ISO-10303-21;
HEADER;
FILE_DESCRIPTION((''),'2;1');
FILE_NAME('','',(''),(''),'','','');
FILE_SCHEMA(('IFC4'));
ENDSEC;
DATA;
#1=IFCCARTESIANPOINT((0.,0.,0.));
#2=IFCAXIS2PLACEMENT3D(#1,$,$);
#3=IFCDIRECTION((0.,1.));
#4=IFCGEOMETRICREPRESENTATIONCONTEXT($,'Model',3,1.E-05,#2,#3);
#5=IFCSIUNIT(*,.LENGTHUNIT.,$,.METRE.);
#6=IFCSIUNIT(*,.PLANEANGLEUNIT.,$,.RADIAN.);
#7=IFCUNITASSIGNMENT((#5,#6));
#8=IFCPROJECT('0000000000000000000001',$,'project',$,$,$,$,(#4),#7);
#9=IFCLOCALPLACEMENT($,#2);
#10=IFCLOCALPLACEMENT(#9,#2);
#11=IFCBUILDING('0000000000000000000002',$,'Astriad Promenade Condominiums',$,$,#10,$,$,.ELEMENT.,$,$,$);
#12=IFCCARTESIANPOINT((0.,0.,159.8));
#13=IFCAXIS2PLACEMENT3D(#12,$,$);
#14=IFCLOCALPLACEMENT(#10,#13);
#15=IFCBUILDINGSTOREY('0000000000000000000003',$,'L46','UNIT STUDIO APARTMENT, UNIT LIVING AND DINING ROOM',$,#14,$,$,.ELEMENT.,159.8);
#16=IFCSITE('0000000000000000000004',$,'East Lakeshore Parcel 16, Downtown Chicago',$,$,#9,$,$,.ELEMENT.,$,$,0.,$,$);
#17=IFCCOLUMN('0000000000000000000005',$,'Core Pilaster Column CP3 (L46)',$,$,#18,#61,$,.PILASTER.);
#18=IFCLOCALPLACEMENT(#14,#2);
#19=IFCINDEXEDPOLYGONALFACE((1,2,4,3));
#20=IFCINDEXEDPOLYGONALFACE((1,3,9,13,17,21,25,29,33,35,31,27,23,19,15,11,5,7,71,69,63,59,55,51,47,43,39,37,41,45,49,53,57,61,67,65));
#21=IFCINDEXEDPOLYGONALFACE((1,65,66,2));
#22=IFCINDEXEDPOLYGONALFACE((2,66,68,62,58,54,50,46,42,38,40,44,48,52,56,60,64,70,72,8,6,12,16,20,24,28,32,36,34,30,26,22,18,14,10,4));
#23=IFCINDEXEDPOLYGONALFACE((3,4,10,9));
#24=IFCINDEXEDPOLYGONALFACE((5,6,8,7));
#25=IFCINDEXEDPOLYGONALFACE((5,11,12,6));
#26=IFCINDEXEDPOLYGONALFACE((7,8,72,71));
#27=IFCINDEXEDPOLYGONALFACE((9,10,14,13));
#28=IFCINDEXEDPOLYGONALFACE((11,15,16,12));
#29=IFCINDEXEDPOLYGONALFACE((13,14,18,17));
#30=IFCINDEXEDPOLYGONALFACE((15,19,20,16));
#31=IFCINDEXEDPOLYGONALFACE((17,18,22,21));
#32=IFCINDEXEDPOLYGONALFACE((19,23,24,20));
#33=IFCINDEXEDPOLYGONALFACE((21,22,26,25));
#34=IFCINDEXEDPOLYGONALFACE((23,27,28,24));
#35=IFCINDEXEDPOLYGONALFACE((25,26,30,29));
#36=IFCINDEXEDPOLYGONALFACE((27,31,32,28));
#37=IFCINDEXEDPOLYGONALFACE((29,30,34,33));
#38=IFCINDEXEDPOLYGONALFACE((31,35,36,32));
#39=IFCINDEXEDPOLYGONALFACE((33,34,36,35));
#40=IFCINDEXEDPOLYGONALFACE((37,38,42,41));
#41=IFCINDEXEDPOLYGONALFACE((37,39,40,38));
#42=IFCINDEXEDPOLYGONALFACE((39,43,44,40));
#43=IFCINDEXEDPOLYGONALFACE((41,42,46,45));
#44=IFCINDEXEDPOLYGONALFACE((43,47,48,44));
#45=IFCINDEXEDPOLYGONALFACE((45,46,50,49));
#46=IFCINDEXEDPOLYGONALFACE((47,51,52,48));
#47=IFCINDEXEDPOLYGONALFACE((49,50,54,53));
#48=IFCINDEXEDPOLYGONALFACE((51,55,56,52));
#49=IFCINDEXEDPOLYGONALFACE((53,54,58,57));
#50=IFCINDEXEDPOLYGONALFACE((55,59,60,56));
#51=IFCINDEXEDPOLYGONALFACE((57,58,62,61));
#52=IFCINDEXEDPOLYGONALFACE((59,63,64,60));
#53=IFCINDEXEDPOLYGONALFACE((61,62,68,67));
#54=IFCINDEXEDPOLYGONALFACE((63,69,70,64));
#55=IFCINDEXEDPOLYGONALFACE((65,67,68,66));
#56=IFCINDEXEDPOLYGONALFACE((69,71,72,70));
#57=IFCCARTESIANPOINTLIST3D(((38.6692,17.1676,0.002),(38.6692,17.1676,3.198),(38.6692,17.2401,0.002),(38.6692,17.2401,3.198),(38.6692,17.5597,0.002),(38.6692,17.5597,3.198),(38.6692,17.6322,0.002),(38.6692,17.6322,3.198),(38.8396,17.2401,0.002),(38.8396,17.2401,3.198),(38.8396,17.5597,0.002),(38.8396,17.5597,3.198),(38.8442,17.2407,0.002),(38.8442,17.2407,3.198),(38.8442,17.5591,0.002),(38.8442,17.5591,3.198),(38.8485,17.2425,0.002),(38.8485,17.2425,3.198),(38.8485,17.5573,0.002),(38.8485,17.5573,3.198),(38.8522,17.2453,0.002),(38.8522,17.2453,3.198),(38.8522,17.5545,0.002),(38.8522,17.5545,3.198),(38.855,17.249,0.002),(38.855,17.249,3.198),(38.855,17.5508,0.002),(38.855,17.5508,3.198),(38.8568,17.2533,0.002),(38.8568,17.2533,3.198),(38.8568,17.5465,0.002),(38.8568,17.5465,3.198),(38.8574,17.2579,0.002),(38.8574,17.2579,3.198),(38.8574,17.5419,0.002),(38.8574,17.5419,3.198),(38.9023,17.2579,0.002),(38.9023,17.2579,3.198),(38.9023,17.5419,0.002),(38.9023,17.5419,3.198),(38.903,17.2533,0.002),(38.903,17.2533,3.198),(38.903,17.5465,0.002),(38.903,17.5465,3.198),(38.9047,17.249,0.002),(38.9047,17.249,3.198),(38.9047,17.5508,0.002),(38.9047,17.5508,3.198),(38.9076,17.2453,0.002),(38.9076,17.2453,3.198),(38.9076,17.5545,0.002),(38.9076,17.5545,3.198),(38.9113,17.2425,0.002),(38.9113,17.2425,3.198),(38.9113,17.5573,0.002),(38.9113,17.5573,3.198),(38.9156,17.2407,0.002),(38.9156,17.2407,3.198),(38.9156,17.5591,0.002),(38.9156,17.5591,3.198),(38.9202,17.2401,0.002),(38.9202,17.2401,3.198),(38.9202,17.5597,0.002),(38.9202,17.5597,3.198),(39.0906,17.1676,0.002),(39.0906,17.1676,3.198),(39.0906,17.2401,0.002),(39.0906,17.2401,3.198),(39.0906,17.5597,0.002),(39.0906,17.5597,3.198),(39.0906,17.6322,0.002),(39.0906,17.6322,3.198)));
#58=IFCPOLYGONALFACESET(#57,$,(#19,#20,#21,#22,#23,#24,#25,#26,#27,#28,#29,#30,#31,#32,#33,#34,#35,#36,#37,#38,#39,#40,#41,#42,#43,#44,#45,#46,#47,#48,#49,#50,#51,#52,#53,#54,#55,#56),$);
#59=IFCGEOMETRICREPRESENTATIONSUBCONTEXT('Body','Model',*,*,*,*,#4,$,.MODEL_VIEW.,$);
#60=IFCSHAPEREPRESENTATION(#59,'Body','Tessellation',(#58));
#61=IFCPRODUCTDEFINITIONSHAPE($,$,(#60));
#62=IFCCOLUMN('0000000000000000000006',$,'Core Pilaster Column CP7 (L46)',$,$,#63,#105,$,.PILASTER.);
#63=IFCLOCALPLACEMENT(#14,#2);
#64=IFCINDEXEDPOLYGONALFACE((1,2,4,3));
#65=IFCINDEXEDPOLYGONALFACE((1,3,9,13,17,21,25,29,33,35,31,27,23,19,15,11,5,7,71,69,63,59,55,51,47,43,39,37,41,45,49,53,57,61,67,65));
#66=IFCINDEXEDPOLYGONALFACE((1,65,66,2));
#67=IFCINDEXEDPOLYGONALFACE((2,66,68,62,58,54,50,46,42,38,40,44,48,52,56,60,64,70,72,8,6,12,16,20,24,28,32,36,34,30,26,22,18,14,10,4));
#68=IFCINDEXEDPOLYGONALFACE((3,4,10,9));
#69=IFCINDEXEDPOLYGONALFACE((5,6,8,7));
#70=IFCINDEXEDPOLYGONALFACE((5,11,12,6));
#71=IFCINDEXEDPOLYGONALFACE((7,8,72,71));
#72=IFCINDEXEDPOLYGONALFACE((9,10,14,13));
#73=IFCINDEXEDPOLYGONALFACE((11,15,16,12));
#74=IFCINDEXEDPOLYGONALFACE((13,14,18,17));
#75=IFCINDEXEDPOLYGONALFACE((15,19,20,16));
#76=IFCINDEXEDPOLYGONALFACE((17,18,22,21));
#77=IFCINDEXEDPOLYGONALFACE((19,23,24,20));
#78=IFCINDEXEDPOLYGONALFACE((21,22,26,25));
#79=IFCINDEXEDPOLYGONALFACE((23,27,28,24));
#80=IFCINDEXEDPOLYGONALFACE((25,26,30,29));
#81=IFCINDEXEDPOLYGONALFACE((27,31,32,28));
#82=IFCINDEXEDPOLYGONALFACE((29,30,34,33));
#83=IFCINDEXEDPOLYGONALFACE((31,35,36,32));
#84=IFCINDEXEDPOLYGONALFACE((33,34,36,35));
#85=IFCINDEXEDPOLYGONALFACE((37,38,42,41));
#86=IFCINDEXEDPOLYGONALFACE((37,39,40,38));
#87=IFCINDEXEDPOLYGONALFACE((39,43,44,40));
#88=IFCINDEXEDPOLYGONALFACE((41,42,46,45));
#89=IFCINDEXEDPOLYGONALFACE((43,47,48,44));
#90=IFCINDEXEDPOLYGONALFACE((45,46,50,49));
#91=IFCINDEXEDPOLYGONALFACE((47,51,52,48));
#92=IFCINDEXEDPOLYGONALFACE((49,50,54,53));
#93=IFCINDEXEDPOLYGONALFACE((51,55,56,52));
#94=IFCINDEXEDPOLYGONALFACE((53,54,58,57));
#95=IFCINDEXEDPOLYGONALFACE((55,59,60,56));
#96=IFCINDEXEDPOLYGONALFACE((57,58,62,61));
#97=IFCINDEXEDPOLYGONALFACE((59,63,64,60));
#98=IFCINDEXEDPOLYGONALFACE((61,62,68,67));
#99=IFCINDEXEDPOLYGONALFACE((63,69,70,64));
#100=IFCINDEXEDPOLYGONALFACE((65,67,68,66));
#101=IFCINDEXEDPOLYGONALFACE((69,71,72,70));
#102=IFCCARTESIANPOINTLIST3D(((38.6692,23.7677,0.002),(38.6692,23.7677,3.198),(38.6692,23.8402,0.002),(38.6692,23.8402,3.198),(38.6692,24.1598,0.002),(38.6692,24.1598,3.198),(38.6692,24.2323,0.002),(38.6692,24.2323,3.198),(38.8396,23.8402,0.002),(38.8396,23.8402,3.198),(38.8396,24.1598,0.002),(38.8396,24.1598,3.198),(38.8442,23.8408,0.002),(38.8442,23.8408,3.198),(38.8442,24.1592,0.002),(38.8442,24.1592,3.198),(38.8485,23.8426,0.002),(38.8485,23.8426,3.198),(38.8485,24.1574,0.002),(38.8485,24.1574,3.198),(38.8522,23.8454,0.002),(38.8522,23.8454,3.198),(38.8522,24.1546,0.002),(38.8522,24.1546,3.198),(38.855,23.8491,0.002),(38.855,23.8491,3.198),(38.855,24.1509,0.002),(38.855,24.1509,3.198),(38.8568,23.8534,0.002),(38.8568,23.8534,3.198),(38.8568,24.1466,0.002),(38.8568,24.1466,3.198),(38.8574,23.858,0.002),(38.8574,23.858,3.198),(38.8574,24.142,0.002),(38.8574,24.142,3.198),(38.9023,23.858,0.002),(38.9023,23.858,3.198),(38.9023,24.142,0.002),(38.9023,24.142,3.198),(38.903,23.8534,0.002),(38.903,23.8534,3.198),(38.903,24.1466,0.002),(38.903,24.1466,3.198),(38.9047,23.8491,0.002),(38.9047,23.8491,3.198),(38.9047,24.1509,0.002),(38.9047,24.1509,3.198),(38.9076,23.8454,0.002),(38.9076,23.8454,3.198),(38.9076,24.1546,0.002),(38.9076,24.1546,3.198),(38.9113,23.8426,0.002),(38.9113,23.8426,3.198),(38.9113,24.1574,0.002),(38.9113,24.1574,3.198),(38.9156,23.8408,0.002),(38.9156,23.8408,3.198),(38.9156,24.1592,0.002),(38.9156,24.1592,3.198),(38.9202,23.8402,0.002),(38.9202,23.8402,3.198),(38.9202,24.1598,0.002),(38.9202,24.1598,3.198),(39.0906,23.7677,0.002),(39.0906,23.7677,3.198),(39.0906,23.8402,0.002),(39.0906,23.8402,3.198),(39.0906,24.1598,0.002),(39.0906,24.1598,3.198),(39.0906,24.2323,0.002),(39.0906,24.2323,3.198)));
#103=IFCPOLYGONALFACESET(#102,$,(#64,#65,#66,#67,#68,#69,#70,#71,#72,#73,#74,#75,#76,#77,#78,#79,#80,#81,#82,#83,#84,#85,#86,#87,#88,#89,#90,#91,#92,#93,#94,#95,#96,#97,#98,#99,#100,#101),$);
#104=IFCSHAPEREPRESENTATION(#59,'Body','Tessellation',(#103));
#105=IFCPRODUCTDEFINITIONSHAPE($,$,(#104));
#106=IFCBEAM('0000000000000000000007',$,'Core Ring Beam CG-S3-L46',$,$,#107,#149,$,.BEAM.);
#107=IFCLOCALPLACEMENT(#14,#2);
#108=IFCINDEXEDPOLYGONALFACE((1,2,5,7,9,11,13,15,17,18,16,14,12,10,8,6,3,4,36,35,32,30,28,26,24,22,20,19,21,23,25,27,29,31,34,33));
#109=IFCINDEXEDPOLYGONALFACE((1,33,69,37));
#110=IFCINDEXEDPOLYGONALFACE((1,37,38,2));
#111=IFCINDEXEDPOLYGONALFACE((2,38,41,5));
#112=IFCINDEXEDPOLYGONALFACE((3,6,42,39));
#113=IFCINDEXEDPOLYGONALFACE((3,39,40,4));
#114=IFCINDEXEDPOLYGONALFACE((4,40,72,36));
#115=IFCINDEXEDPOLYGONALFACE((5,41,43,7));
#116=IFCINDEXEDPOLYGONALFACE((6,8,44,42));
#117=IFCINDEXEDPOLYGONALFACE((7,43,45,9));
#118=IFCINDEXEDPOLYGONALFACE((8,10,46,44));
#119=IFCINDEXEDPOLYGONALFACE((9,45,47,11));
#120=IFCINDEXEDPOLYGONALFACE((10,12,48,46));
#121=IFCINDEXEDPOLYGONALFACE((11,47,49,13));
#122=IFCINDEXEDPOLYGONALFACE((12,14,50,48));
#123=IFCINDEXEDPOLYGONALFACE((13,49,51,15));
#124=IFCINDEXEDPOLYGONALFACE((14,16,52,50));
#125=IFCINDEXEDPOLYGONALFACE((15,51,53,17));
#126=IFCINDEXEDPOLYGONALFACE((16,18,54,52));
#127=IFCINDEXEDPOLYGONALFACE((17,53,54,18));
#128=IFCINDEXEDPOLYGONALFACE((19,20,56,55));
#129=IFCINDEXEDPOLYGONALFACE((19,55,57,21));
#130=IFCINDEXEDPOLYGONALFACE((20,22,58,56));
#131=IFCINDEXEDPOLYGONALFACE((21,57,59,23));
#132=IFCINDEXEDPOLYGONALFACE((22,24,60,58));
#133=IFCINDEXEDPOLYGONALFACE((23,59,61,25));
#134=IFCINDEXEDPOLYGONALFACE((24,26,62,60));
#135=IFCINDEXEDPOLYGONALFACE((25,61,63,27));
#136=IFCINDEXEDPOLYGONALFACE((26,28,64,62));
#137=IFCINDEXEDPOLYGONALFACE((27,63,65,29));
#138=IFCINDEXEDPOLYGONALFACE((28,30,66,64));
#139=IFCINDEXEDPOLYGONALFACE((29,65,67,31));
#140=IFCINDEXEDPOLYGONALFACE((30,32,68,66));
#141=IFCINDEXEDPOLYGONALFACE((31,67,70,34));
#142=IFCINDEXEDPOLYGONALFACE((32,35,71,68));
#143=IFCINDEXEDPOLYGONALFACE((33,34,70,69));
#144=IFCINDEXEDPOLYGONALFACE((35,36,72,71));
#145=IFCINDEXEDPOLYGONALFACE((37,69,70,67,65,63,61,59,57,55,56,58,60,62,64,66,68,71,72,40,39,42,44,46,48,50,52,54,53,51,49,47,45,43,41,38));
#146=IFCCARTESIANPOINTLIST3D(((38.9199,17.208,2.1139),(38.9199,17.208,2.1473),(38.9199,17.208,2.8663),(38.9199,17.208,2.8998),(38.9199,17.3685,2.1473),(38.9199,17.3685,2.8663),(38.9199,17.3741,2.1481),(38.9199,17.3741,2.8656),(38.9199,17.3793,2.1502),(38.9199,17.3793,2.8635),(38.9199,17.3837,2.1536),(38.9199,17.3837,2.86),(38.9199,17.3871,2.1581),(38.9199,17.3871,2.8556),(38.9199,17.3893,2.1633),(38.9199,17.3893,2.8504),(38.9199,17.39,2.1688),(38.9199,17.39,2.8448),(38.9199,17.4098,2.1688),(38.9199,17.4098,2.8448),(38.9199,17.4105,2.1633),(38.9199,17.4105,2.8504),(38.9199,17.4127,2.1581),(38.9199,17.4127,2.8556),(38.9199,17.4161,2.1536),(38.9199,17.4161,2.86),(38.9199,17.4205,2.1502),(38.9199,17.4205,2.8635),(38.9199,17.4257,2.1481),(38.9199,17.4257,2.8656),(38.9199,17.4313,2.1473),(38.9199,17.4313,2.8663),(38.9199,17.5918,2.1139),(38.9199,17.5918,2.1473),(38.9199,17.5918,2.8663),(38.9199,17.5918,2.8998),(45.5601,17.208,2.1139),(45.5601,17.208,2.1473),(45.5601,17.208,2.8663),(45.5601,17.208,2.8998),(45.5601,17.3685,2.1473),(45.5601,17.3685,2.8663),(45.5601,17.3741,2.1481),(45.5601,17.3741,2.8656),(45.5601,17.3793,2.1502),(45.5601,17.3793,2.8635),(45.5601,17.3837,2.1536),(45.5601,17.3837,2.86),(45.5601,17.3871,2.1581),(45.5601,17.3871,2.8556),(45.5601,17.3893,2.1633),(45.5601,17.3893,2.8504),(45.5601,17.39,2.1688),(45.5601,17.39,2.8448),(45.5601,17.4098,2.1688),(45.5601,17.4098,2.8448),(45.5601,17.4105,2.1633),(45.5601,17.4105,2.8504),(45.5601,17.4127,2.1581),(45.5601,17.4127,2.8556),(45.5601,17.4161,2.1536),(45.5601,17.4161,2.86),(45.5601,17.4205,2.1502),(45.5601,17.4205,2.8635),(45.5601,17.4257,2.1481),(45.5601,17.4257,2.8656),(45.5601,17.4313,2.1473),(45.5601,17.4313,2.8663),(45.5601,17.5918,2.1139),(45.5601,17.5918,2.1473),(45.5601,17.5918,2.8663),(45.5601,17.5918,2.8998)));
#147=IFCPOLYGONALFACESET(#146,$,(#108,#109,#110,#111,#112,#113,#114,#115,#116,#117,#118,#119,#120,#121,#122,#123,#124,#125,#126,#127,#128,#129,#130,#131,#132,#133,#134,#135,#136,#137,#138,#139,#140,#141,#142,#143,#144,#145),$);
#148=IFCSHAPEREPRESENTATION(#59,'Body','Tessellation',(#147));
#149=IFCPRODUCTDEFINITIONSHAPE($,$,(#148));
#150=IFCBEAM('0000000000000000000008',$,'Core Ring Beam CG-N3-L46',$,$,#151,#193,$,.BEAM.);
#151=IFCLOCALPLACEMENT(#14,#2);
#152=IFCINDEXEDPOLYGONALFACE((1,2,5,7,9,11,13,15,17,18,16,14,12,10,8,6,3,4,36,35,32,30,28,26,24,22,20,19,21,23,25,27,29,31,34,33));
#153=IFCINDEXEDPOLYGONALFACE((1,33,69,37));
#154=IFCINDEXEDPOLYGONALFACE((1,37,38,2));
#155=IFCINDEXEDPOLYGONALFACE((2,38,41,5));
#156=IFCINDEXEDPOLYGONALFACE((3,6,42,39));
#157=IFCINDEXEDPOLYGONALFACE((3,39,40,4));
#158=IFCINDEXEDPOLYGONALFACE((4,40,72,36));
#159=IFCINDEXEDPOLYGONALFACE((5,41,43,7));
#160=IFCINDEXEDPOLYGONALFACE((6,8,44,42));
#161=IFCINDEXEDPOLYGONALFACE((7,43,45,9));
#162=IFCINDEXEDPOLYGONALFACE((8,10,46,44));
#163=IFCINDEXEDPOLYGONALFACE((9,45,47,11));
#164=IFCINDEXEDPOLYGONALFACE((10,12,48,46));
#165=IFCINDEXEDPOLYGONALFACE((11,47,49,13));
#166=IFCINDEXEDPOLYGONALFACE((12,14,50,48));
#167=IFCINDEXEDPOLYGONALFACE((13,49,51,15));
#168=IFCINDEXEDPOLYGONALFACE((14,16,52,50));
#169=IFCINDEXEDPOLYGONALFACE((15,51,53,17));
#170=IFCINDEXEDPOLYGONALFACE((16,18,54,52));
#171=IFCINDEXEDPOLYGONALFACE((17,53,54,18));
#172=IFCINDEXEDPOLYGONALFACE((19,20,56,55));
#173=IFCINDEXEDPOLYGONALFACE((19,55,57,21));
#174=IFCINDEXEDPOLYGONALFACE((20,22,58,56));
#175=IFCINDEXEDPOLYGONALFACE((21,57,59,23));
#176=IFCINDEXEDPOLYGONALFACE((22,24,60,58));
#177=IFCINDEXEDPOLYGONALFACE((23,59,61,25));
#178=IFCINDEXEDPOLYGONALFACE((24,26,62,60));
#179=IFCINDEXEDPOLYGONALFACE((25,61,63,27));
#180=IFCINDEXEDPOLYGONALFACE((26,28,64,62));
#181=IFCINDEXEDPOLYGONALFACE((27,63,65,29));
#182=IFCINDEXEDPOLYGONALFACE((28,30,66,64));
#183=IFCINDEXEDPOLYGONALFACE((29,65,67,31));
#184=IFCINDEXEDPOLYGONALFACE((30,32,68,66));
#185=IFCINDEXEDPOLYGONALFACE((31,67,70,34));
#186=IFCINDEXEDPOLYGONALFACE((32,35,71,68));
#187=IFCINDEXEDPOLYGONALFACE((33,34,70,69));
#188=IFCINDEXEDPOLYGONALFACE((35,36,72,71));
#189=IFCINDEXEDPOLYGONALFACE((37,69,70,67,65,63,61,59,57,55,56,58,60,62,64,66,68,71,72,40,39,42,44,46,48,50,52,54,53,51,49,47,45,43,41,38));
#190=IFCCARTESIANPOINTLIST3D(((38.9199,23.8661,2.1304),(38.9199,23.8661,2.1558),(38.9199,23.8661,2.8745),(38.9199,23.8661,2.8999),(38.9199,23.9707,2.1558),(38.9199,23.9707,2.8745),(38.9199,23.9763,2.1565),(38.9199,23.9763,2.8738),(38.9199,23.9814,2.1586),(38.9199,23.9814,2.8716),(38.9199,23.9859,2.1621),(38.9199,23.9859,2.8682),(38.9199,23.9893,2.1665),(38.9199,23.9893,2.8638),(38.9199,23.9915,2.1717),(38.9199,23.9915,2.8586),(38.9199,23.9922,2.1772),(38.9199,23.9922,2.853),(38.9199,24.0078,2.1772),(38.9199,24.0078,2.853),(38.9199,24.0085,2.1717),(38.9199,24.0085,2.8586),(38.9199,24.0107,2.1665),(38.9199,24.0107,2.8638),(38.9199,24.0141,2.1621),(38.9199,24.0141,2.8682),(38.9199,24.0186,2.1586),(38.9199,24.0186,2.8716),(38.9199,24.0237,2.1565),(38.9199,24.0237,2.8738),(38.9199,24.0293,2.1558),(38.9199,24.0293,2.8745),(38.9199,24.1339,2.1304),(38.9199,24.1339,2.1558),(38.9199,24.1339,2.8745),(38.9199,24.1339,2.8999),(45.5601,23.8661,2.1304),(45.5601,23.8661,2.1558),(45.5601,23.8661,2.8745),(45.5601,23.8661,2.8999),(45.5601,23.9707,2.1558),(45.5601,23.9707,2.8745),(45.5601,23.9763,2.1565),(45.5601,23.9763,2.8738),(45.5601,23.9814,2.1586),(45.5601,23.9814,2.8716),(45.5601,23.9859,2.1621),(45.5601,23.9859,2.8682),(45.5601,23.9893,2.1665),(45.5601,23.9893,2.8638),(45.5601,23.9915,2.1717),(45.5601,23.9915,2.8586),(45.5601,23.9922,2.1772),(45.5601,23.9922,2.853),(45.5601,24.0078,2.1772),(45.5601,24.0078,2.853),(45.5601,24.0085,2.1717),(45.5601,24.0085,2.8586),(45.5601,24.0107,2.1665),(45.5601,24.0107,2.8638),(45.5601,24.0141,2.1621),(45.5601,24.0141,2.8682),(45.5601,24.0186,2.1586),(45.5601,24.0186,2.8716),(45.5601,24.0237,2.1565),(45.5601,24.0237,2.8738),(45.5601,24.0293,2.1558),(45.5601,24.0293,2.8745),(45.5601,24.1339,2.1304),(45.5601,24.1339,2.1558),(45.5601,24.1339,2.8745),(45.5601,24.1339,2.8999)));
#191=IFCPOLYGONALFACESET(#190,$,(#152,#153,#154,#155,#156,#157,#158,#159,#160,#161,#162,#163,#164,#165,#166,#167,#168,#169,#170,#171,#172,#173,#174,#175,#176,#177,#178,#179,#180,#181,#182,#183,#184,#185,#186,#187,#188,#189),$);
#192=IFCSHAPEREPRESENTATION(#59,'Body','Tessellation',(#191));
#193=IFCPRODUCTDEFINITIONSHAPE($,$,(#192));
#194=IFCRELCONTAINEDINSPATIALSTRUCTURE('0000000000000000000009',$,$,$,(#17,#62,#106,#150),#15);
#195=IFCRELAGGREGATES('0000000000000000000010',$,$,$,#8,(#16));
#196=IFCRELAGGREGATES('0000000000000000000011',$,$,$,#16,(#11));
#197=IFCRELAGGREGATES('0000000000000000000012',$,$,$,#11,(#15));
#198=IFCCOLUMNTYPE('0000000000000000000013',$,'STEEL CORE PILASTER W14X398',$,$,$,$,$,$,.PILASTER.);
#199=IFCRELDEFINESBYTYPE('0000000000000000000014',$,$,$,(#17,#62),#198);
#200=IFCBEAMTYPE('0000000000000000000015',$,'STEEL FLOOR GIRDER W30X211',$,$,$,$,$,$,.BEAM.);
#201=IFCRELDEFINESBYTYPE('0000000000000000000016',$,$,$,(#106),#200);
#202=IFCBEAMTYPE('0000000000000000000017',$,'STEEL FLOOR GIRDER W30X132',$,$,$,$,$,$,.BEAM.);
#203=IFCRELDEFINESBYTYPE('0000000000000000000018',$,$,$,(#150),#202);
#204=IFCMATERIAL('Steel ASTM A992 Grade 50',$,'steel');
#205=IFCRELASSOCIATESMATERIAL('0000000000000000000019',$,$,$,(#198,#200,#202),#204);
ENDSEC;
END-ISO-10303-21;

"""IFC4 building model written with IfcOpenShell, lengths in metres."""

from ifc_helpers import new_model, si_unit, direction, frame, origin, origin_2d, place, context, subcontext, project, spatial, i_section, extrude, source, transform, mapped, material, material_profile, profile_set, type_object, type_shapes, element, save


model = new_model("IFC4")

# Units and contexts
model_context = context("Model", 3, precision=1e-05, world=origin(), true_north=direction((0.0, 1.0)))
body_context = subcontext(model_context, "Body", "Model", "MODEL_VIEW")
ifc_project = project(units=[si_unit("LENGTHUNIT", "METRE"), si_unit("PLANEANGLEUNIT", "RADIAN")], contexts=[model_context])

# Site, building, storey
site_placement = place(None, origin())
site = spatial("IfcSite", under=ifc_project, at=site_placement, Name="East Lakeshore Parcel 16, Downtown Chicago", CompositionType="ELEMENT", RefElevation=0.0)
building_placement = place(site_placement, origin())
building = spatial("IfcBuilding", under=site, at=building_placement, Name="Astriad Promenade Condominiums", CompositionType="ELEMENT")
storey_placement = place(building_placement, frame((0.0, 0.0, 159.8)))
storey = spatial("IfcBuildingStorey", under=building, at=storey_placement, Name="L46", Description="UNIT STUDIO APARTMENT, UNIT LIVING AND DINING ROOM", CompositionType="ELEMENT", Elevation=159.8)

# Columns
ifc_material_1 = material(Name="Steel ASTM A992 Grade 50", Category="steel")
ifc_material_profile_1 = material_profile(ifc_material_1, i_section(OverallWidth=0.4214, OverallDepth=0.4646, WebThickness=0.0449, FlangeThickness=0.0725, FilletRadius=0.0178, at=origin_2d()), Name="W14X398")
ifc_profile_set_1 = profile_set([ifc_material_profile_1], Name="Steel ASTM A992 Grade 50")
column_type = type_object("IfcColumnType", Name="STEEL CORE PILASTER W14X398", PredefinedType="PILASTER", material=ifc_profile_set_1)
shared_shape_1 = source(origin(), body_context, "Body", "SweptSolid", [
    extrude(i_section(OverallWidth=0.4214, OverallDepth=0.4646, WebThickness=0.0449, FlangeThickness=0.0725, FilletRadius=0.0178, at=origin_2d()), origin(), (0.0, 0.0, 1.0), 3.196),
])
type_shapes(column_type, [shared_shape_1])
for number, where, z_axis, x_axis, name in (
    (1, (38.8799, 17.3999, 0.002), (0.0, 0.0, 1.0), (1.0, 0.0, 0.0), "Core Pilaster Column CP3 (L46)"),
    (2, (38.8799, 24.0, 0.002), (0.0, 0.0, 1.0), (1.0, 0.0, 0.0), "Core Pilaster Column CP7 (L46)"),
):
    element("IfcColumn", number, at=place(storey_placement, frame(where, z_axis=z_axis, x_axis=x_axis)), inside=storey, type_object=column_type, Name=name, PredefinedType="PILASTER", context=body_context, shape_type="MappedRepresentation", body=[
        mapped(shared_shape_1, transform((0.0, 0.0, 0.0), scale=1.0)),
    ])

# Beams
ifc_material_profile_2 = material_profile(ifc_material_1, i_section(OverallWidth=0.3838, OverallDepth=0.7859, WebThickness=0.0198, FlangeThickness=0.0334, FilletRadius=0.0215, at=origin_2d()), Name="W30X211")
ifc_profile_set_2 = profile_set([ifc_material_profile_2], Name="Steel ASTM A992 Grade 50")
beam_type_1 = type_object("IfcBeamType", Name="STEEL FLOOR GIRDER W30X211", PredefinedType="BEAM", material=ifc_profile_set_2)
shared_shape_2 = source(origin(), body_context, "Body", "SweptSolid", [
    extrude(i_section(OverallWidth=0.3838, OverallDepth=0.7859, WebThickness=0.0198, FlangeThickness=0.0334, FilletRadius=0.0215, at=origin_2d()), origin(), (0.0, 0.0, 1.0), 6.6401),
])
type_shapes(beam_type_1, [shared_shape_2])
beam_1_placement = place(storey_placement, frame((38.9199, 17.3999, 2.5068), z_axis=(1.0, 0.0, 0.0), x_axis=(0.0, 1.0, 0.0)))
element("IfcBeam", 3, at=beam_1_placement, inside=storey, type_object=beam_type_1, Name="Core Ring Beam CG-S3-L46", PredefinedType="BEAM", context=body_context, shape_type="MappedRepresentation", body=[
    mapped(shared_shape_2, transform((0.0, 0.0, 0.0), scale=1.0)),
])
ifc_material_profile_3 = material_profile(ifc_material_1, i_section(OverallWidth=0.2678, OverallDepth=0.7695, WebThickness=0.0156, FlangeThickness=0.0254, FilletRadius=0.0215, at=origin_2d()), Name="W30X132")
ifc_profile_set_3 = profile_set([ifc_material_profile_3], Name="Steel ASTM A992 Grade 50")
beam_type_2 = type_object("IfcBeamType", Name="STEEL FLOOR GIRDER W30X132", PredefinedType="BEAM", material=ifc_profile_set_3)
shared_shape_3 = source(origin(), body_context, "Body", "SweptSolid", [
    extrude(i_section(OverallWidth=0.2678, OverallDepth=0.7695, WebThickness=0.0156, FlangeThickness=0.0254, FilletRadius=0.0215, at=origin_2d()), origin(), (0.0, 0.0, 1.0), 6.6401),
])
type_shapes(beam_type_2, [shared_shape_3])
beam_2_placement = place(storey_placement, frame((38.9199, 24.0, 2.5151), z_axis=(1.0, 0.0, 0.0), x_axis=(0.0, 1.0, 0.0)))
element("IfcBeam", 4, at=beam_2_placement, inside=storey, type_object=beam_type_2, Name="Core Ring Beam CG-N3-L46", PredefinedType="BEAM", context=body_context, shape_type="MappedRepresentation", body=[
    mapped(shared_shape_3, transform((0.0, 0.0, 0.0), scale=1.0)),
])

save(model, "model.ifc")
